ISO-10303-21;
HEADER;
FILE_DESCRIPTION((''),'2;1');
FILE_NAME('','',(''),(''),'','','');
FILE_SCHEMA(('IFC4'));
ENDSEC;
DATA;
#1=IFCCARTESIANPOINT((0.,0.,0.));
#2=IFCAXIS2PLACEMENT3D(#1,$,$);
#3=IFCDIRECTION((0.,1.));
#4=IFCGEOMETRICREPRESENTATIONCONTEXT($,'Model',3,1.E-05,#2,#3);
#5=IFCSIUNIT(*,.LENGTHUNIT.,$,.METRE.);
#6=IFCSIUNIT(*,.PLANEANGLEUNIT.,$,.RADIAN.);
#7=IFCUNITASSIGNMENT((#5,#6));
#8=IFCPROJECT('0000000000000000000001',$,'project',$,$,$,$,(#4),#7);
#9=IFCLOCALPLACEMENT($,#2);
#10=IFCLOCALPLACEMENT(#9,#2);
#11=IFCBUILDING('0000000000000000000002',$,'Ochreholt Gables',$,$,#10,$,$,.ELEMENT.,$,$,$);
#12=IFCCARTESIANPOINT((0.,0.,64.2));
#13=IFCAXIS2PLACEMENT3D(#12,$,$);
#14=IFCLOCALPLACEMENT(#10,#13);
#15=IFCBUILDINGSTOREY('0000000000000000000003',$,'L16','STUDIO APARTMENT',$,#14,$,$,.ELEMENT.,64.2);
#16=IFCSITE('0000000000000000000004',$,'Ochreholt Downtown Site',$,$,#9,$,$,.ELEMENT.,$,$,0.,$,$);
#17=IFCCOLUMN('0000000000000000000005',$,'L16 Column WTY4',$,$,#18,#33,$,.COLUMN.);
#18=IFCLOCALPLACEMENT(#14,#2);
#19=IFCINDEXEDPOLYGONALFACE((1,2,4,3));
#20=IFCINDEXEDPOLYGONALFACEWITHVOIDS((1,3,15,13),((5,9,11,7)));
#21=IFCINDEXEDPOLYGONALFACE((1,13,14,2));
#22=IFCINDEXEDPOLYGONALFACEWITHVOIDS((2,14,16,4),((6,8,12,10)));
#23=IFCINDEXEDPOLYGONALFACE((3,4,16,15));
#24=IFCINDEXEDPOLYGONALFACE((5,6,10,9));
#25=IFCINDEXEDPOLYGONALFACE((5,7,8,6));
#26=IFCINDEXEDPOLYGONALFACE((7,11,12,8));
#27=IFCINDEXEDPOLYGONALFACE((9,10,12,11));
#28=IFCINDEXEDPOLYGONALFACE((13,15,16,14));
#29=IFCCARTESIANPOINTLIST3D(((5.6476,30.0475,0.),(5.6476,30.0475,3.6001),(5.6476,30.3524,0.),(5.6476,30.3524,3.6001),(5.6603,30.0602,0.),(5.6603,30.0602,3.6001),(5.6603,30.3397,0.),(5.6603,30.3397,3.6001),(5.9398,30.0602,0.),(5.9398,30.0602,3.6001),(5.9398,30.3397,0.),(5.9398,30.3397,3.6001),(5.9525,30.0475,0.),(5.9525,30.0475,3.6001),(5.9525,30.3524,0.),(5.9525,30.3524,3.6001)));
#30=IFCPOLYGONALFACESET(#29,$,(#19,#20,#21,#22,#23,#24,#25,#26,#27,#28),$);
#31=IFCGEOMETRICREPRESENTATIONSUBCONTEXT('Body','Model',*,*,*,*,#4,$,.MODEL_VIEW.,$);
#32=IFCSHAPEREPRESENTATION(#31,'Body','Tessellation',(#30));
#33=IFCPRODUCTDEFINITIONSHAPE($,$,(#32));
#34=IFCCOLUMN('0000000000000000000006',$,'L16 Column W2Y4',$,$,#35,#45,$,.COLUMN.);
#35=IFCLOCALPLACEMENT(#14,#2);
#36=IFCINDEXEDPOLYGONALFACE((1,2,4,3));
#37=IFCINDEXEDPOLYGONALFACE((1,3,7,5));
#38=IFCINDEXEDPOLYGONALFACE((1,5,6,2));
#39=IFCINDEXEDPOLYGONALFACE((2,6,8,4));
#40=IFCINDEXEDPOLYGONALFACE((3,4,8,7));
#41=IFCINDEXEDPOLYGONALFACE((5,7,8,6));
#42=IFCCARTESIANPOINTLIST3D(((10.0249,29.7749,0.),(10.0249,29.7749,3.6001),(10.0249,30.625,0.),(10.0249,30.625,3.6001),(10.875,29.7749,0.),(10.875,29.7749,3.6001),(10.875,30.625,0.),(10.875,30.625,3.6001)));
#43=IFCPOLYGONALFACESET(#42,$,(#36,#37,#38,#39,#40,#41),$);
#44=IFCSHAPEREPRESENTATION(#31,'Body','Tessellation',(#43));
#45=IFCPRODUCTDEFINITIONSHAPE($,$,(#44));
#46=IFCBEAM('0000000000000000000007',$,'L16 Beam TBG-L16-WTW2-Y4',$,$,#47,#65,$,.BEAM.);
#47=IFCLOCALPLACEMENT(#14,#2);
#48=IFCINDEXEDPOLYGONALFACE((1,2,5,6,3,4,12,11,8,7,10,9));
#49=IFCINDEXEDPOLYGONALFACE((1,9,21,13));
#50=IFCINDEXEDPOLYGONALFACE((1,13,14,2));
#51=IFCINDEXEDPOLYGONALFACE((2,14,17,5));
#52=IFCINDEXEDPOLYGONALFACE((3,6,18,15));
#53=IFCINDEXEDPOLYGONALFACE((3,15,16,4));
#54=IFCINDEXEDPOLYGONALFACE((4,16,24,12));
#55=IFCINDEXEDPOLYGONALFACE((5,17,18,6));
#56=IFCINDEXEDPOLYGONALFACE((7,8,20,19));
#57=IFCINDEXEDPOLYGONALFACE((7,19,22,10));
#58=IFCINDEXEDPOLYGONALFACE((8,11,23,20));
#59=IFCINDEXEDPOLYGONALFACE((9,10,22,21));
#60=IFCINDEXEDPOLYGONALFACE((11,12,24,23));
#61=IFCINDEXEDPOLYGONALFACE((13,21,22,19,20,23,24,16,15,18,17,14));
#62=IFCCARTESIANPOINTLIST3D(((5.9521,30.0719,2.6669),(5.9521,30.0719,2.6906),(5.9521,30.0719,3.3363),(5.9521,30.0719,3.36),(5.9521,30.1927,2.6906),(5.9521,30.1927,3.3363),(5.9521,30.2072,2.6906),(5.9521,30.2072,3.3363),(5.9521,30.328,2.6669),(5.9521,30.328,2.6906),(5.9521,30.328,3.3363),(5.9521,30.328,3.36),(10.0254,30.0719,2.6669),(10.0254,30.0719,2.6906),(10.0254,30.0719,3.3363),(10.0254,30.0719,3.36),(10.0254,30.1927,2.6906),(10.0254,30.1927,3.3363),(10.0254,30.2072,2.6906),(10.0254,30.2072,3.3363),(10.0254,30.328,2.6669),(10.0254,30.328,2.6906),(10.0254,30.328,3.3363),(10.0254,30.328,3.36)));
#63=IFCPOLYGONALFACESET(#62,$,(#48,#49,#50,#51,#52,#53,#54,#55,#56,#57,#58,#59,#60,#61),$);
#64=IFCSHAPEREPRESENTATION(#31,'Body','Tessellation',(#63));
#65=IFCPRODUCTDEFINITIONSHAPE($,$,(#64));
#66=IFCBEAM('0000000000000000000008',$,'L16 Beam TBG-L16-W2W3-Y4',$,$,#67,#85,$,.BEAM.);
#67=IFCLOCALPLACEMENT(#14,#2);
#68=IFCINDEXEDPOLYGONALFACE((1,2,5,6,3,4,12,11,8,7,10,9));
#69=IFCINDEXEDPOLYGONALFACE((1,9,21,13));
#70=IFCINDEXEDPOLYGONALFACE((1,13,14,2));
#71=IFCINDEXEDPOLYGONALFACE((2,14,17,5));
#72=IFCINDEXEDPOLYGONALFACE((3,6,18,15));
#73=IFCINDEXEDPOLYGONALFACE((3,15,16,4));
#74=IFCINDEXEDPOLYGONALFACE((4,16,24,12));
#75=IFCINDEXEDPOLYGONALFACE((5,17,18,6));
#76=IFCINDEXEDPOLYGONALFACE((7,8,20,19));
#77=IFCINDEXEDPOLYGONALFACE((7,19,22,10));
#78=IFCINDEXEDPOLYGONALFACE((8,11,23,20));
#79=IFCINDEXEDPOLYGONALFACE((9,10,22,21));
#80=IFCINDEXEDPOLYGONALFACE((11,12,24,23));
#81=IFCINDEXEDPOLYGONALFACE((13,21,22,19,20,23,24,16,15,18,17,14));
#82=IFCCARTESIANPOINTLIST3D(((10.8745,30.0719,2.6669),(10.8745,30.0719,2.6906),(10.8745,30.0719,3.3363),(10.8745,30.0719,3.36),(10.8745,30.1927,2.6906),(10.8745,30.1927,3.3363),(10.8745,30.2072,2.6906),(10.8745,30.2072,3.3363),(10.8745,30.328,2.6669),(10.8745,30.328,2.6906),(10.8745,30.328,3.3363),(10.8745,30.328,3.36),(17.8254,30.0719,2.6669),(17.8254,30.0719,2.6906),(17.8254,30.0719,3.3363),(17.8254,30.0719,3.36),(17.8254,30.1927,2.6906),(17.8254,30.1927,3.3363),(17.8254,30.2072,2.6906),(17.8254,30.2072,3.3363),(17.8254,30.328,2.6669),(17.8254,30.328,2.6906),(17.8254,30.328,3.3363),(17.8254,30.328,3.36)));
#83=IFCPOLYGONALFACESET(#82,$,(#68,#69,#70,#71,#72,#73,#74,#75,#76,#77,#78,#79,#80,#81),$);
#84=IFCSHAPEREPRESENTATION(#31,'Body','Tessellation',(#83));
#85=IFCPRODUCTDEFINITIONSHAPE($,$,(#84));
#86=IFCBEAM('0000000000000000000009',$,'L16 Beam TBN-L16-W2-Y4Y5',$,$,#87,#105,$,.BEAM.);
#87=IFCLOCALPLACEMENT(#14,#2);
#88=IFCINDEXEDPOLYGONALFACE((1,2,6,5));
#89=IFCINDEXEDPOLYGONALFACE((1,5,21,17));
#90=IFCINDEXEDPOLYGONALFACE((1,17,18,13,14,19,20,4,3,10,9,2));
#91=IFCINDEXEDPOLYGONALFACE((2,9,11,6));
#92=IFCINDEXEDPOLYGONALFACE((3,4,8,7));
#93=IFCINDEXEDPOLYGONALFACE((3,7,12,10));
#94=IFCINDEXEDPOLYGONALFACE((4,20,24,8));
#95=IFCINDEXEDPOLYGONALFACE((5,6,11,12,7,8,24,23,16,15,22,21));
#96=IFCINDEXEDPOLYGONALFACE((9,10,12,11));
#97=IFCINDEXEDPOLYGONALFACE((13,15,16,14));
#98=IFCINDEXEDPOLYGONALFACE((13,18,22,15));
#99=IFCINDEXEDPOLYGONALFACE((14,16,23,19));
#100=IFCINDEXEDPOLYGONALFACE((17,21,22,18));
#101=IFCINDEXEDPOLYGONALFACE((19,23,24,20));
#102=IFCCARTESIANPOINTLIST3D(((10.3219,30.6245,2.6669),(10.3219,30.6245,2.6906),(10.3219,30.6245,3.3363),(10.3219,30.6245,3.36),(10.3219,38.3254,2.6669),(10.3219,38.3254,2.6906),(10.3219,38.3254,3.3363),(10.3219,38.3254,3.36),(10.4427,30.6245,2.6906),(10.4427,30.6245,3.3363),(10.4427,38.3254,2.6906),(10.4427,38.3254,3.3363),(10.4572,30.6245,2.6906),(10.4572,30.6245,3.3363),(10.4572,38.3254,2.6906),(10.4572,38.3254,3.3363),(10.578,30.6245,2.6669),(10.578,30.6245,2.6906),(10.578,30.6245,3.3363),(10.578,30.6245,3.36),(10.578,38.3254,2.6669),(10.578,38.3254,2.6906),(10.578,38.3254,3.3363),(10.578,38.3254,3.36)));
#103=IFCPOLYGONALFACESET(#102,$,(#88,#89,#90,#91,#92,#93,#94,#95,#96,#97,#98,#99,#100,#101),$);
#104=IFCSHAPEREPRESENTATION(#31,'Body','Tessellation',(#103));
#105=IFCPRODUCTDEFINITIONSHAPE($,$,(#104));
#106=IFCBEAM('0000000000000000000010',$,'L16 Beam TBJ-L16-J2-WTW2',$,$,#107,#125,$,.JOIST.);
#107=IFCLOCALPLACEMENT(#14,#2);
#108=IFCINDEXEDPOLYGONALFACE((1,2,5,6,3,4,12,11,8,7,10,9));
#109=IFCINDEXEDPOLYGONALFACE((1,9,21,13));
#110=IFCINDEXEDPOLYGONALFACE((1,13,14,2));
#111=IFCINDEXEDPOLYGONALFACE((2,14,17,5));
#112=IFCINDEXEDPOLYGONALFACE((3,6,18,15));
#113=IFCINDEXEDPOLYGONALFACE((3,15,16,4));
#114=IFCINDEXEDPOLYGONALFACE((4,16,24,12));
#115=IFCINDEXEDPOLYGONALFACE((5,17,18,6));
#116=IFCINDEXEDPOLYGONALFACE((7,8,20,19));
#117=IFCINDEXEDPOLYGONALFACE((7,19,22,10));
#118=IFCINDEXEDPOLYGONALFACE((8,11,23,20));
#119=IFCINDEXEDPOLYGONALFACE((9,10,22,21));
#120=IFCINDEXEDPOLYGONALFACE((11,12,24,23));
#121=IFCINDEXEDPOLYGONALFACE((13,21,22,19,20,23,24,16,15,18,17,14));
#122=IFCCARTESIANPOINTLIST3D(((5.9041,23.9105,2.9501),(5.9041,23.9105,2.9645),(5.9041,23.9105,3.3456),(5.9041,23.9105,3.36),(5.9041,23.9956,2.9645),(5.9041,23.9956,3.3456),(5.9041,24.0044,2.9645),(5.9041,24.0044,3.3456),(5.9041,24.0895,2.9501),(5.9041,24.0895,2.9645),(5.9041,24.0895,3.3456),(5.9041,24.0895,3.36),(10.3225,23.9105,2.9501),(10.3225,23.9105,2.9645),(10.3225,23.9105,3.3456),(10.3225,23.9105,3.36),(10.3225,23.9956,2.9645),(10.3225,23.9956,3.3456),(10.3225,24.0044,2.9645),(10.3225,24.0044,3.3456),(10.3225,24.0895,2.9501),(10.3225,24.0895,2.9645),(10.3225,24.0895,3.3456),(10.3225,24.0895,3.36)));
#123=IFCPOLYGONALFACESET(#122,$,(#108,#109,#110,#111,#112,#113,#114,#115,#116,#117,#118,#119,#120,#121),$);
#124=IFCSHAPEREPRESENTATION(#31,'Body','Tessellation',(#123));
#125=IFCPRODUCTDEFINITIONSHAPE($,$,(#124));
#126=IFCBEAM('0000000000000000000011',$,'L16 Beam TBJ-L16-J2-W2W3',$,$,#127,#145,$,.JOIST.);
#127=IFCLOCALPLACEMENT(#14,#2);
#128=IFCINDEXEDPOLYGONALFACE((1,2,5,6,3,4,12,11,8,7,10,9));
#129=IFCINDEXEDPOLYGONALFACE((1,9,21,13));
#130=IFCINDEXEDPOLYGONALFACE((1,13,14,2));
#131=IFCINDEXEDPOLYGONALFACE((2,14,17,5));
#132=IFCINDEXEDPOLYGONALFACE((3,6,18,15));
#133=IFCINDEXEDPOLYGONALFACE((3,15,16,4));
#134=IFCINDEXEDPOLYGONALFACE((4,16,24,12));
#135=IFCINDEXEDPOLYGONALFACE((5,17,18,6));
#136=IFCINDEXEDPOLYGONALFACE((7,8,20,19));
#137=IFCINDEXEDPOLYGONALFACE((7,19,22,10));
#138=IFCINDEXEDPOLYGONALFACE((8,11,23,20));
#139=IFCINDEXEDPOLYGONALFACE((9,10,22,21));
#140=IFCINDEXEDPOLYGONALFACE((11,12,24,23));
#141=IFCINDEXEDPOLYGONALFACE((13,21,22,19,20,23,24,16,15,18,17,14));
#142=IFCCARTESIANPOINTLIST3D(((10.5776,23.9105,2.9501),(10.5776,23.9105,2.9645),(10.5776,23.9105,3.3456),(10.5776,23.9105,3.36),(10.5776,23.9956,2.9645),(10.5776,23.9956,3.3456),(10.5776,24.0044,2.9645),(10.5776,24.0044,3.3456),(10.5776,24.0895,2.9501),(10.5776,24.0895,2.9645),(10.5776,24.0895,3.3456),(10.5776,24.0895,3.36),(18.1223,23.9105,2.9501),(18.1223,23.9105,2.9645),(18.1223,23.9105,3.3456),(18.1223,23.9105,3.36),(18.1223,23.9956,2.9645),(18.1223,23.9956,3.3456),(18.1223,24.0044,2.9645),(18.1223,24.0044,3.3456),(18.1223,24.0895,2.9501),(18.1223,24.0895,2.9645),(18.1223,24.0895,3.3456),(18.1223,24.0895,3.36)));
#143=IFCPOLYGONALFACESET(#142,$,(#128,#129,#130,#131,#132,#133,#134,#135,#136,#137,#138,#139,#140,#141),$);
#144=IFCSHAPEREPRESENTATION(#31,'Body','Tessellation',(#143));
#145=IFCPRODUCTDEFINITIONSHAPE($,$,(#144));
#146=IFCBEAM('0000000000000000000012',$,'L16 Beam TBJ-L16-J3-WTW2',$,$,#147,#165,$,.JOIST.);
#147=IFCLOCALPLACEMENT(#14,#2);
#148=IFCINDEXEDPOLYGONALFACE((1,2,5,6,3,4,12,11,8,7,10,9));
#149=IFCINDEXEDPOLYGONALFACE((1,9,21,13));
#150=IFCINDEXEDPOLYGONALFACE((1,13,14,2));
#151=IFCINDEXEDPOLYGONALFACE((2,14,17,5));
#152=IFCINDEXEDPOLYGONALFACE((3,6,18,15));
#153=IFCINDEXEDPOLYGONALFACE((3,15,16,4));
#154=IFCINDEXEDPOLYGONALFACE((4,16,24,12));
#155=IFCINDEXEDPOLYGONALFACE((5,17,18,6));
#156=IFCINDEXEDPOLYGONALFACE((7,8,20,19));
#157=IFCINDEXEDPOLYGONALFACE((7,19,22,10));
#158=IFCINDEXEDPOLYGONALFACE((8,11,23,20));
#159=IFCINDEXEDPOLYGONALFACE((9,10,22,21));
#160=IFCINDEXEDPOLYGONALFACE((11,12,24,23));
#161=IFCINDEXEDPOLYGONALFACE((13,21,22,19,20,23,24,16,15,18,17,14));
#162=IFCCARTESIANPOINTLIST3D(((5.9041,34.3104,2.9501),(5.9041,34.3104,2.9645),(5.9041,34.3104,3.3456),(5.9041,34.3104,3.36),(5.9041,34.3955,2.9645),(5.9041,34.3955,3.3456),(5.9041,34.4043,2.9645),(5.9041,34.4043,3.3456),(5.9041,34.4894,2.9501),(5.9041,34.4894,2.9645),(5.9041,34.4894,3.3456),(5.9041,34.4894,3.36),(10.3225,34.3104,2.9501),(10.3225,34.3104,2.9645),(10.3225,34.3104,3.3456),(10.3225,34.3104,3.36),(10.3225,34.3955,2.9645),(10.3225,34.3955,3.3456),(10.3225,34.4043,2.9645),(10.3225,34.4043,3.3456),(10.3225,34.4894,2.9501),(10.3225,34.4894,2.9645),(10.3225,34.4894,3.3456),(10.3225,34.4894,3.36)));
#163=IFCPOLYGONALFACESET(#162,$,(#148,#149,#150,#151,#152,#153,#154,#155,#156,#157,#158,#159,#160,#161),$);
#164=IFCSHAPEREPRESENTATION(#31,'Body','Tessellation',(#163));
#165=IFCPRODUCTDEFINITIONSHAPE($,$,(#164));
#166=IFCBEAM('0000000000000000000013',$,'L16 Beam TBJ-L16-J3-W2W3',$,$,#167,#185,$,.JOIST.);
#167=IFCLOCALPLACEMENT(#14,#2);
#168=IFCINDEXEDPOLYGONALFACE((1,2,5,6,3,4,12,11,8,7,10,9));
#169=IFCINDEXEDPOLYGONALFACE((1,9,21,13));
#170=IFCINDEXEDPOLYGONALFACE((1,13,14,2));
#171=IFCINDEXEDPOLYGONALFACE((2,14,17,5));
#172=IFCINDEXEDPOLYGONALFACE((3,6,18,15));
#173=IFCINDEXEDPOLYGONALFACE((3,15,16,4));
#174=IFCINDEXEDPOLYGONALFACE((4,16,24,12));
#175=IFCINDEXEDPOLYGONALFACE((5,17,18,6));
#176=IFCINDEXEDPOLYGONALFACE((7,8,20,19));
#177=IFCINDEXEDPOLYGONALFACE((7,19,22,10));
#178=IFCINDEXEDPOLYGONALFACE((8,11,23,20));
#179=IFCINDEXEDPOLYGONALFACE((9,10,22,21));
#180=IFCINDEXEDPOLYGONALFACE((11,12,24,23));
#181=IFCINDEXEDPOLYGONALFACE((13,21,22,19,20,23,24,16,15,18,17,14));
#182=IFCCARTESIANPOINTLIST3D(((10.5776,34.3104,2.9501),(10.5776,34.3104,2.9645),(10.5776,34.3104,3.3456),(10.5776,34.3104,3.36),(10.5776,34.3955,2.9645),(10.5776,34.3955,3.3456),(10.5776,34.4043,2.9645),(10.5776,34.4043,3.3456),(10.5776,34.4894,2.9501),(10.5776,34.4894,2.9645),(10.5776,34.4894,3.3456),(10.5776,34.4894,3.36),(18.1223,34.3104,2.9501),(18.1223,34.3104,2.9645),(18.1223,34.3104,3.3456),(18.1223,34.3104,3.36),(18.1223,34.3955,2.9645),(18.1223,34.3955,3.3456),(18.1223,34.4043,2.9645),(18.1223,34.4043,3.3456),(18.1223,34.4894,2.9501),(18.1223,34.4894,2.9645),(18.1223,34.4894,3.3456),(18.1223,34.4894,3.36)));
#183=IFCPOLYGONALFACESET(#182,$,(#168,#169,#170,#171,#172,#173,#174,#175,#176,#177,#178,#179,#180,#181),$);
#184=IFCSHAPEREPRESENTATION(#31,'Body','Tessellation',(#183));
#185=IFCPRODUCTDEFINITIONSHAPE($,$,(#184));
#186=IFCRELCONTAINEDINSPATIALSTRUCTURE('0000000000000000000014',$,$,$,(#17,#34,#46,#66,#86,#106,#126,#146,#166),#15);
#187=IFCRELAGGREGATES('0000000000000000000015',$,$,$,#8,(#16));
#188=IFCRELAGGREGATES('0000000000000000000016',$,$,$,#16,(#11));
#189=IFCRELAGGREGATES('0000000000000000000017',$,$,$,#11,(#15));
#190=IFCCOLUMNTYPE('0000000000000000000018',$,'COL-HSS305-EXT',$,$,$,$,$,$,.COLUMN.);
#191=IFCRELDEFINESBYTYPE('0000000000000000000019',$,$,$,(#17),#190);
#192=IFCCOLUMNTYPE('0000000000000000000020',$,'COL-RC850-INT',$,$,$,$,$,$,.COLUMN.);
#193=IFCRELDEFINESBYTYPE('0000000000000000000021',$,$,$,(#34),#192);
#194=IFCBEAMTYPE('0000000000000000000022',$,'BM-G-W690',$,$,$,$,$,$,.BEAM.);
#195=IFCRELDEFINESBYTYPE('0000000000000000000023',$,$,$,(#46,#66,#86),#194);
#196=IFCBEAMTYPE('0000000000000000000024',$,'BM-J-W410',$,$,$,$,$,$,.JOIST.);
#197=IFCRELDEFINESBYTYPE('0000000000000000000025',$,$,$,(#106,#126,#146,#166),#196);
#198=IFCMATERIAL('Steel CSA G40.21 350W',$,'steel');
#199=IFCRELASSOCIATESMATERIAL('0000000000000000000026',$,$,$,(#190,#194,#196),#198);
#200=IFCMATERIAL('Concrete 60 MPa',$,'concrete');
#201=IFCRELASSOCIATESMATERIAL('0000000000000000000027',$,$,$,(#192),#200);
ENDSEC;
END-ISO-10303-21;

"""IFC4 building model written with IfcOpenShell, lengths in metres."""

from ifc_helpers import new_model, si_unit, direction, frame, origin, origin_2d, place, context, subcontext, project, spatial, rectangle, hollow_rectangle, i_section, extrude, material, material_profile, profile_set, type_object, element, save


model = new_model("IFC4")

# Units and contexts
model_context = context("Model", 3, precision=1e-05, world=origin(), true_north=direction((0.0, 1.0)))
body_context = subcontext(model_context, "Body", "Model", "MODEL_VIEW")
ifc_project = project(units=[si_unit("LENGTHUNIT", "METRE"), si_unit("PLANEANGLEUNIT", "RADIAN")], contexts=[model_context])

# Site, building, storey
site_placement = place(None, origin())
site = spatial("IfcSite", under=ifc_project, at=site_placement, Name="Ochreholt Downtown Site", CompositionType="ELEMENT", RefElevation=0.0)
building_placement = place(site_placement, origin())
building = spatial("IfcBuilding", under=site, at=building_placement, Name="Ochreholt Gables", CompositionType="ELEMENT")
storey_placement = place(building_placement, frame((0.0, 0.0, 64.2)))
storey = spatial("IfcBuildingStorey", under=building, at=storey_placement, Name="L16", Description="STUDIO APARTMENT", CompositionType="ELEMENT", Elevation=64.2)

# Columns
ifc_material_1 = material(Name="Steel CSA G40.21 350W", Category="steel")
ifc_material_profile_1 = material_profile(ifc_material_1, hollow_rectangle(XDim=0.3049, YDim=0.3049, WallThickness=0.0127, at=origin_2d()), Name="HSS305X305X13")
ifc_profile_set_1 = profile_set([ifc_material_profile_1], Name="Steel CSA G40.21 350W")
column_type_1 = type_object("IfcColumnType", Name="COL-HSS305-EXT", PredefinedType="COLUMN", material=ifc_profile_set_1)
column_1_placement = place(storey_placement, frame((5.8, 30.2, 0.0), z_axis=(0.0, 0.0, 1.0), x_axis=(1.0, 0.0, 0.0)))
element("IfcColumn", 1, at=column_1_placement, inside=storey, type_object=column_type_1, Name="L16 Column WTY4", PredefinedType="COLUMN", context=body_context, shape_type="SweptSolid", body=[
    extrude(hollow_rectangle(XDim=0.3049, YDim=0.3049, WallThickness=0.0127, at=origin_2d()), origin(), (0.0, 0.0, 1.0), 3.6001),
])
ifc_material_2 = material(Name="Concrete 60 MPa", Category="concrete")
ifc_material_profile_2 = material_profile(ifc_material_2, rectangle(XDim=0.8501, YDim=0.8501, at=origin_2d()), Name="RC850X850")
ifc_profile_set_2 = profile_set([ifc_material_profile_2], Name="Concrete 60 MPa")
column_type_2 = type_object("IfcColumnType", Name="COL-RC850-INT", PredefinedType="COLUMN", material=ifc_profile_set_2)
column_2_placement = place(storey_placement, frame((10.45, 30.2, 0.0), z_axis=(0.0, 0.0, 1.0), x_axis=(1.0, 0.0, 0.0)))
element("IfcColumn", 2, at=column_2_placement, inside=storey, type_object=column_type_2, Name="L16 Column W2Y4", PredefinedType="COLUMN", context=body_context, shape_type="SweptSolid", body=[
    extrude(rectangle(XDim=0.8501, YDim=0.8501, at=origin_2d()), origin(), (0.0, 0.0, 1.0), 3.6001),
])

# Beams
ifc_material_profile_3 = material_profile(ifc_material_1, i_section(OverallWidth=0.2561, OverallDepth=0.6931, WebThickness=0.0144, FlangeThickness=0.0237, at=origin_2d()), Name="W690X170")
ifc_profile_set_3 = profile_set([ifc_material_profile_3], Name="Steel CSA G40.21 350W")
beam_type_1 = type_object("IfcBeamType", Name="BM-G-W690", PredefinedType="BEAM", material=ifc_profile_set_3)
beam_1_placement = place(storey_placement, frame((5.9521, 30.2, 3.0134), z_axis=(1.0, 0.0, 0.0), x_axis=(0.0, 1.0, 0.0)))
element("IfcBeam", 3, at=beam_1_placement, inside=storey, type_object=beam_type_1, Name="L16 Beam TBG-L16-WTW2-Y4", PredefinedType="BEAM", context=body_context, shape_type="SweptSolid", body=[
    extrude(i_section(OverallWidth=0.2561, OverallDepth=0.6931, WebThickness=0.0144, FlangeThickness=0.0237, at=origin_2d()), origin(), (0.0, 0.0, 1.0), 4.0732),
])
beam_2_placement = place(storey_placement, frame((10.8745, 30.2, 3.0134), z_axis=(1.0, 0.0, 0.0), x_axis=(0.0, 1.0, 0.0)))
element("IfcBeam", 4, at=beam_2_placement, inside=storey, type_object=beam_type_1, Name="L16 Beam TBG-L16-W2W3-Y4", PredefinedType="BEAM", context=body_context, shape_type="SweptSolid", body=[
    extrude(i_section(OverallWidth=0.2561, OverallDepth=0.6931, WebThickness=0.0144, FlangeThickness=0.0237, at=origin_2d()), origin(), (0.0, 0.0, 1.0), 6.9509),
])
beam_3_placement = place(storey_placement, frame((10.45, 30.6245, 3.0134), z_axis=(0.0, 1.0, 0.0), x_axis=(-1.0, 0.0, 0.0)))
element("IfcBeam", 5, at=beam_3_placement, inside=storey, type_object=beam_type_1, Name="L16 Beam TBN-L16-W2-Y4Y5", PredefinedType="BEAM", context=body_context, shape_type="SweptSolid", body=[
    extrude(i_section(OverallWidth=0.2561, OverallDepth=0.6931, WebThickness=0.0144, FlangeThickness=0.0237, at=origin_2d()), origin(), (0.0, 0.0, 1.0), 7.7009),
])
ifc_material_profile_4 = material_profile(ifc_material_1, i_section(OverallWidth=0.179, OverallDepth=0.4099, WebThickness=0.0088, FlangeThickness=0.0144, at=origin_2d()), Name="W410X67")
ifc_profile_set_4 = profile_set([ifc_material_profile_4], Name="Steel CSA G40.21 350W")
beam_type_2 = type_object("IfcBeamType", Name="BM-J-W410", PredefinedType="JOIST", material=ifc_profile_set_4)
beam_4_placement = place(storey_placement, frame((5.9041, 24.0, 3.155), z_axis=(1.0, 0.0, 0.0), x_axis=(0.0, 1.0, 0.0)))
element("IfcBeam", 6, at=beam_4_placement, inside=storey, type_object=beam_type_2, Name="L16 Beam TBJ-L16-J2-WTW2", PredefinedType="JOIST", context=body_context, shape_type="SweptSolid", body=[
    extrude(i_section(OverallWidth=0.179, OverallDepth=0.4099, WebThickness=0.0088, FlangeThickness=0.0144, at=origin_2d()), origin(), (0.0, 0.0, 1.0), 4.4185),
])
beam_5_placement = place(storey_placement, frame((10.5776, 24.0, 3.155), z_axis=(1.0, 0.0, 0.0), x_axis=(0.0, 1.0, 0.0)))
element("IfcBeam", 7, at=beam_5_placement, inside=storey, type_object=beam_type_2, Name="L16 Beam TBJ-L16-J2-W2W3", PredefinedType="JOIST", context=body_context, shape_type="SweptSolid", body=[
    extrude(i_section(OverallWidth=0.179, OverallDepth=0.4099, WebThickness=0.0088, FlangeThickness=0.0144, at=origin_2d()), origin(), (0.0, 0.0, 1.0), 7.5447),
])
beam_6_placement = place(storey_placement, frame((5.9041, 34.3999, 3.155), z_axis=(1.0, 0.0, 0.0), x_axis=(0.0, 1.0, 0.0)))
element("IfcBeam", 8, at=beam_6_placement, inside=storey, type_object=beam_type_2, Name="L16 Beam TBJ-L16-J3-WTW2", PredefinedType="JOIST", context=body_context, shape_type="SweptSolid", body=[
    extrude(i_section(OverallWidth=0.179, OverallDepth=0.4099, WebThickness=0.0088, FlangeThickness=0.0144, at=origin_2d()), origin(), (0.0, 0.0, 1.0), 4.4185),
])
beam_7_placement = place(storey_placement, frame((10.5776, 34.3999, 3.155), z_axis=(1.0, 0.0, 0.0), x_axis=(0.0, 1.0, 0.0)))
element("IfcBeam", 9, at=beam_7_placement, inside=storey, type_object=beam_type_2, Name="L16 Beam TBJ-L16-J3-W2W3", PredefinedType="JOIST", context=body_context, shape_type="SweptSolid", body=[
    extrude(i_section(OverallWidth=0.179, OverallDepth=0.4099, WebThickness=0.0088, FlangeThickness=0.0144, at=origin_2d()), origin(), (0.0, 0.0, 1.0), 7.5447),
])

save(model, "model.ifc")
